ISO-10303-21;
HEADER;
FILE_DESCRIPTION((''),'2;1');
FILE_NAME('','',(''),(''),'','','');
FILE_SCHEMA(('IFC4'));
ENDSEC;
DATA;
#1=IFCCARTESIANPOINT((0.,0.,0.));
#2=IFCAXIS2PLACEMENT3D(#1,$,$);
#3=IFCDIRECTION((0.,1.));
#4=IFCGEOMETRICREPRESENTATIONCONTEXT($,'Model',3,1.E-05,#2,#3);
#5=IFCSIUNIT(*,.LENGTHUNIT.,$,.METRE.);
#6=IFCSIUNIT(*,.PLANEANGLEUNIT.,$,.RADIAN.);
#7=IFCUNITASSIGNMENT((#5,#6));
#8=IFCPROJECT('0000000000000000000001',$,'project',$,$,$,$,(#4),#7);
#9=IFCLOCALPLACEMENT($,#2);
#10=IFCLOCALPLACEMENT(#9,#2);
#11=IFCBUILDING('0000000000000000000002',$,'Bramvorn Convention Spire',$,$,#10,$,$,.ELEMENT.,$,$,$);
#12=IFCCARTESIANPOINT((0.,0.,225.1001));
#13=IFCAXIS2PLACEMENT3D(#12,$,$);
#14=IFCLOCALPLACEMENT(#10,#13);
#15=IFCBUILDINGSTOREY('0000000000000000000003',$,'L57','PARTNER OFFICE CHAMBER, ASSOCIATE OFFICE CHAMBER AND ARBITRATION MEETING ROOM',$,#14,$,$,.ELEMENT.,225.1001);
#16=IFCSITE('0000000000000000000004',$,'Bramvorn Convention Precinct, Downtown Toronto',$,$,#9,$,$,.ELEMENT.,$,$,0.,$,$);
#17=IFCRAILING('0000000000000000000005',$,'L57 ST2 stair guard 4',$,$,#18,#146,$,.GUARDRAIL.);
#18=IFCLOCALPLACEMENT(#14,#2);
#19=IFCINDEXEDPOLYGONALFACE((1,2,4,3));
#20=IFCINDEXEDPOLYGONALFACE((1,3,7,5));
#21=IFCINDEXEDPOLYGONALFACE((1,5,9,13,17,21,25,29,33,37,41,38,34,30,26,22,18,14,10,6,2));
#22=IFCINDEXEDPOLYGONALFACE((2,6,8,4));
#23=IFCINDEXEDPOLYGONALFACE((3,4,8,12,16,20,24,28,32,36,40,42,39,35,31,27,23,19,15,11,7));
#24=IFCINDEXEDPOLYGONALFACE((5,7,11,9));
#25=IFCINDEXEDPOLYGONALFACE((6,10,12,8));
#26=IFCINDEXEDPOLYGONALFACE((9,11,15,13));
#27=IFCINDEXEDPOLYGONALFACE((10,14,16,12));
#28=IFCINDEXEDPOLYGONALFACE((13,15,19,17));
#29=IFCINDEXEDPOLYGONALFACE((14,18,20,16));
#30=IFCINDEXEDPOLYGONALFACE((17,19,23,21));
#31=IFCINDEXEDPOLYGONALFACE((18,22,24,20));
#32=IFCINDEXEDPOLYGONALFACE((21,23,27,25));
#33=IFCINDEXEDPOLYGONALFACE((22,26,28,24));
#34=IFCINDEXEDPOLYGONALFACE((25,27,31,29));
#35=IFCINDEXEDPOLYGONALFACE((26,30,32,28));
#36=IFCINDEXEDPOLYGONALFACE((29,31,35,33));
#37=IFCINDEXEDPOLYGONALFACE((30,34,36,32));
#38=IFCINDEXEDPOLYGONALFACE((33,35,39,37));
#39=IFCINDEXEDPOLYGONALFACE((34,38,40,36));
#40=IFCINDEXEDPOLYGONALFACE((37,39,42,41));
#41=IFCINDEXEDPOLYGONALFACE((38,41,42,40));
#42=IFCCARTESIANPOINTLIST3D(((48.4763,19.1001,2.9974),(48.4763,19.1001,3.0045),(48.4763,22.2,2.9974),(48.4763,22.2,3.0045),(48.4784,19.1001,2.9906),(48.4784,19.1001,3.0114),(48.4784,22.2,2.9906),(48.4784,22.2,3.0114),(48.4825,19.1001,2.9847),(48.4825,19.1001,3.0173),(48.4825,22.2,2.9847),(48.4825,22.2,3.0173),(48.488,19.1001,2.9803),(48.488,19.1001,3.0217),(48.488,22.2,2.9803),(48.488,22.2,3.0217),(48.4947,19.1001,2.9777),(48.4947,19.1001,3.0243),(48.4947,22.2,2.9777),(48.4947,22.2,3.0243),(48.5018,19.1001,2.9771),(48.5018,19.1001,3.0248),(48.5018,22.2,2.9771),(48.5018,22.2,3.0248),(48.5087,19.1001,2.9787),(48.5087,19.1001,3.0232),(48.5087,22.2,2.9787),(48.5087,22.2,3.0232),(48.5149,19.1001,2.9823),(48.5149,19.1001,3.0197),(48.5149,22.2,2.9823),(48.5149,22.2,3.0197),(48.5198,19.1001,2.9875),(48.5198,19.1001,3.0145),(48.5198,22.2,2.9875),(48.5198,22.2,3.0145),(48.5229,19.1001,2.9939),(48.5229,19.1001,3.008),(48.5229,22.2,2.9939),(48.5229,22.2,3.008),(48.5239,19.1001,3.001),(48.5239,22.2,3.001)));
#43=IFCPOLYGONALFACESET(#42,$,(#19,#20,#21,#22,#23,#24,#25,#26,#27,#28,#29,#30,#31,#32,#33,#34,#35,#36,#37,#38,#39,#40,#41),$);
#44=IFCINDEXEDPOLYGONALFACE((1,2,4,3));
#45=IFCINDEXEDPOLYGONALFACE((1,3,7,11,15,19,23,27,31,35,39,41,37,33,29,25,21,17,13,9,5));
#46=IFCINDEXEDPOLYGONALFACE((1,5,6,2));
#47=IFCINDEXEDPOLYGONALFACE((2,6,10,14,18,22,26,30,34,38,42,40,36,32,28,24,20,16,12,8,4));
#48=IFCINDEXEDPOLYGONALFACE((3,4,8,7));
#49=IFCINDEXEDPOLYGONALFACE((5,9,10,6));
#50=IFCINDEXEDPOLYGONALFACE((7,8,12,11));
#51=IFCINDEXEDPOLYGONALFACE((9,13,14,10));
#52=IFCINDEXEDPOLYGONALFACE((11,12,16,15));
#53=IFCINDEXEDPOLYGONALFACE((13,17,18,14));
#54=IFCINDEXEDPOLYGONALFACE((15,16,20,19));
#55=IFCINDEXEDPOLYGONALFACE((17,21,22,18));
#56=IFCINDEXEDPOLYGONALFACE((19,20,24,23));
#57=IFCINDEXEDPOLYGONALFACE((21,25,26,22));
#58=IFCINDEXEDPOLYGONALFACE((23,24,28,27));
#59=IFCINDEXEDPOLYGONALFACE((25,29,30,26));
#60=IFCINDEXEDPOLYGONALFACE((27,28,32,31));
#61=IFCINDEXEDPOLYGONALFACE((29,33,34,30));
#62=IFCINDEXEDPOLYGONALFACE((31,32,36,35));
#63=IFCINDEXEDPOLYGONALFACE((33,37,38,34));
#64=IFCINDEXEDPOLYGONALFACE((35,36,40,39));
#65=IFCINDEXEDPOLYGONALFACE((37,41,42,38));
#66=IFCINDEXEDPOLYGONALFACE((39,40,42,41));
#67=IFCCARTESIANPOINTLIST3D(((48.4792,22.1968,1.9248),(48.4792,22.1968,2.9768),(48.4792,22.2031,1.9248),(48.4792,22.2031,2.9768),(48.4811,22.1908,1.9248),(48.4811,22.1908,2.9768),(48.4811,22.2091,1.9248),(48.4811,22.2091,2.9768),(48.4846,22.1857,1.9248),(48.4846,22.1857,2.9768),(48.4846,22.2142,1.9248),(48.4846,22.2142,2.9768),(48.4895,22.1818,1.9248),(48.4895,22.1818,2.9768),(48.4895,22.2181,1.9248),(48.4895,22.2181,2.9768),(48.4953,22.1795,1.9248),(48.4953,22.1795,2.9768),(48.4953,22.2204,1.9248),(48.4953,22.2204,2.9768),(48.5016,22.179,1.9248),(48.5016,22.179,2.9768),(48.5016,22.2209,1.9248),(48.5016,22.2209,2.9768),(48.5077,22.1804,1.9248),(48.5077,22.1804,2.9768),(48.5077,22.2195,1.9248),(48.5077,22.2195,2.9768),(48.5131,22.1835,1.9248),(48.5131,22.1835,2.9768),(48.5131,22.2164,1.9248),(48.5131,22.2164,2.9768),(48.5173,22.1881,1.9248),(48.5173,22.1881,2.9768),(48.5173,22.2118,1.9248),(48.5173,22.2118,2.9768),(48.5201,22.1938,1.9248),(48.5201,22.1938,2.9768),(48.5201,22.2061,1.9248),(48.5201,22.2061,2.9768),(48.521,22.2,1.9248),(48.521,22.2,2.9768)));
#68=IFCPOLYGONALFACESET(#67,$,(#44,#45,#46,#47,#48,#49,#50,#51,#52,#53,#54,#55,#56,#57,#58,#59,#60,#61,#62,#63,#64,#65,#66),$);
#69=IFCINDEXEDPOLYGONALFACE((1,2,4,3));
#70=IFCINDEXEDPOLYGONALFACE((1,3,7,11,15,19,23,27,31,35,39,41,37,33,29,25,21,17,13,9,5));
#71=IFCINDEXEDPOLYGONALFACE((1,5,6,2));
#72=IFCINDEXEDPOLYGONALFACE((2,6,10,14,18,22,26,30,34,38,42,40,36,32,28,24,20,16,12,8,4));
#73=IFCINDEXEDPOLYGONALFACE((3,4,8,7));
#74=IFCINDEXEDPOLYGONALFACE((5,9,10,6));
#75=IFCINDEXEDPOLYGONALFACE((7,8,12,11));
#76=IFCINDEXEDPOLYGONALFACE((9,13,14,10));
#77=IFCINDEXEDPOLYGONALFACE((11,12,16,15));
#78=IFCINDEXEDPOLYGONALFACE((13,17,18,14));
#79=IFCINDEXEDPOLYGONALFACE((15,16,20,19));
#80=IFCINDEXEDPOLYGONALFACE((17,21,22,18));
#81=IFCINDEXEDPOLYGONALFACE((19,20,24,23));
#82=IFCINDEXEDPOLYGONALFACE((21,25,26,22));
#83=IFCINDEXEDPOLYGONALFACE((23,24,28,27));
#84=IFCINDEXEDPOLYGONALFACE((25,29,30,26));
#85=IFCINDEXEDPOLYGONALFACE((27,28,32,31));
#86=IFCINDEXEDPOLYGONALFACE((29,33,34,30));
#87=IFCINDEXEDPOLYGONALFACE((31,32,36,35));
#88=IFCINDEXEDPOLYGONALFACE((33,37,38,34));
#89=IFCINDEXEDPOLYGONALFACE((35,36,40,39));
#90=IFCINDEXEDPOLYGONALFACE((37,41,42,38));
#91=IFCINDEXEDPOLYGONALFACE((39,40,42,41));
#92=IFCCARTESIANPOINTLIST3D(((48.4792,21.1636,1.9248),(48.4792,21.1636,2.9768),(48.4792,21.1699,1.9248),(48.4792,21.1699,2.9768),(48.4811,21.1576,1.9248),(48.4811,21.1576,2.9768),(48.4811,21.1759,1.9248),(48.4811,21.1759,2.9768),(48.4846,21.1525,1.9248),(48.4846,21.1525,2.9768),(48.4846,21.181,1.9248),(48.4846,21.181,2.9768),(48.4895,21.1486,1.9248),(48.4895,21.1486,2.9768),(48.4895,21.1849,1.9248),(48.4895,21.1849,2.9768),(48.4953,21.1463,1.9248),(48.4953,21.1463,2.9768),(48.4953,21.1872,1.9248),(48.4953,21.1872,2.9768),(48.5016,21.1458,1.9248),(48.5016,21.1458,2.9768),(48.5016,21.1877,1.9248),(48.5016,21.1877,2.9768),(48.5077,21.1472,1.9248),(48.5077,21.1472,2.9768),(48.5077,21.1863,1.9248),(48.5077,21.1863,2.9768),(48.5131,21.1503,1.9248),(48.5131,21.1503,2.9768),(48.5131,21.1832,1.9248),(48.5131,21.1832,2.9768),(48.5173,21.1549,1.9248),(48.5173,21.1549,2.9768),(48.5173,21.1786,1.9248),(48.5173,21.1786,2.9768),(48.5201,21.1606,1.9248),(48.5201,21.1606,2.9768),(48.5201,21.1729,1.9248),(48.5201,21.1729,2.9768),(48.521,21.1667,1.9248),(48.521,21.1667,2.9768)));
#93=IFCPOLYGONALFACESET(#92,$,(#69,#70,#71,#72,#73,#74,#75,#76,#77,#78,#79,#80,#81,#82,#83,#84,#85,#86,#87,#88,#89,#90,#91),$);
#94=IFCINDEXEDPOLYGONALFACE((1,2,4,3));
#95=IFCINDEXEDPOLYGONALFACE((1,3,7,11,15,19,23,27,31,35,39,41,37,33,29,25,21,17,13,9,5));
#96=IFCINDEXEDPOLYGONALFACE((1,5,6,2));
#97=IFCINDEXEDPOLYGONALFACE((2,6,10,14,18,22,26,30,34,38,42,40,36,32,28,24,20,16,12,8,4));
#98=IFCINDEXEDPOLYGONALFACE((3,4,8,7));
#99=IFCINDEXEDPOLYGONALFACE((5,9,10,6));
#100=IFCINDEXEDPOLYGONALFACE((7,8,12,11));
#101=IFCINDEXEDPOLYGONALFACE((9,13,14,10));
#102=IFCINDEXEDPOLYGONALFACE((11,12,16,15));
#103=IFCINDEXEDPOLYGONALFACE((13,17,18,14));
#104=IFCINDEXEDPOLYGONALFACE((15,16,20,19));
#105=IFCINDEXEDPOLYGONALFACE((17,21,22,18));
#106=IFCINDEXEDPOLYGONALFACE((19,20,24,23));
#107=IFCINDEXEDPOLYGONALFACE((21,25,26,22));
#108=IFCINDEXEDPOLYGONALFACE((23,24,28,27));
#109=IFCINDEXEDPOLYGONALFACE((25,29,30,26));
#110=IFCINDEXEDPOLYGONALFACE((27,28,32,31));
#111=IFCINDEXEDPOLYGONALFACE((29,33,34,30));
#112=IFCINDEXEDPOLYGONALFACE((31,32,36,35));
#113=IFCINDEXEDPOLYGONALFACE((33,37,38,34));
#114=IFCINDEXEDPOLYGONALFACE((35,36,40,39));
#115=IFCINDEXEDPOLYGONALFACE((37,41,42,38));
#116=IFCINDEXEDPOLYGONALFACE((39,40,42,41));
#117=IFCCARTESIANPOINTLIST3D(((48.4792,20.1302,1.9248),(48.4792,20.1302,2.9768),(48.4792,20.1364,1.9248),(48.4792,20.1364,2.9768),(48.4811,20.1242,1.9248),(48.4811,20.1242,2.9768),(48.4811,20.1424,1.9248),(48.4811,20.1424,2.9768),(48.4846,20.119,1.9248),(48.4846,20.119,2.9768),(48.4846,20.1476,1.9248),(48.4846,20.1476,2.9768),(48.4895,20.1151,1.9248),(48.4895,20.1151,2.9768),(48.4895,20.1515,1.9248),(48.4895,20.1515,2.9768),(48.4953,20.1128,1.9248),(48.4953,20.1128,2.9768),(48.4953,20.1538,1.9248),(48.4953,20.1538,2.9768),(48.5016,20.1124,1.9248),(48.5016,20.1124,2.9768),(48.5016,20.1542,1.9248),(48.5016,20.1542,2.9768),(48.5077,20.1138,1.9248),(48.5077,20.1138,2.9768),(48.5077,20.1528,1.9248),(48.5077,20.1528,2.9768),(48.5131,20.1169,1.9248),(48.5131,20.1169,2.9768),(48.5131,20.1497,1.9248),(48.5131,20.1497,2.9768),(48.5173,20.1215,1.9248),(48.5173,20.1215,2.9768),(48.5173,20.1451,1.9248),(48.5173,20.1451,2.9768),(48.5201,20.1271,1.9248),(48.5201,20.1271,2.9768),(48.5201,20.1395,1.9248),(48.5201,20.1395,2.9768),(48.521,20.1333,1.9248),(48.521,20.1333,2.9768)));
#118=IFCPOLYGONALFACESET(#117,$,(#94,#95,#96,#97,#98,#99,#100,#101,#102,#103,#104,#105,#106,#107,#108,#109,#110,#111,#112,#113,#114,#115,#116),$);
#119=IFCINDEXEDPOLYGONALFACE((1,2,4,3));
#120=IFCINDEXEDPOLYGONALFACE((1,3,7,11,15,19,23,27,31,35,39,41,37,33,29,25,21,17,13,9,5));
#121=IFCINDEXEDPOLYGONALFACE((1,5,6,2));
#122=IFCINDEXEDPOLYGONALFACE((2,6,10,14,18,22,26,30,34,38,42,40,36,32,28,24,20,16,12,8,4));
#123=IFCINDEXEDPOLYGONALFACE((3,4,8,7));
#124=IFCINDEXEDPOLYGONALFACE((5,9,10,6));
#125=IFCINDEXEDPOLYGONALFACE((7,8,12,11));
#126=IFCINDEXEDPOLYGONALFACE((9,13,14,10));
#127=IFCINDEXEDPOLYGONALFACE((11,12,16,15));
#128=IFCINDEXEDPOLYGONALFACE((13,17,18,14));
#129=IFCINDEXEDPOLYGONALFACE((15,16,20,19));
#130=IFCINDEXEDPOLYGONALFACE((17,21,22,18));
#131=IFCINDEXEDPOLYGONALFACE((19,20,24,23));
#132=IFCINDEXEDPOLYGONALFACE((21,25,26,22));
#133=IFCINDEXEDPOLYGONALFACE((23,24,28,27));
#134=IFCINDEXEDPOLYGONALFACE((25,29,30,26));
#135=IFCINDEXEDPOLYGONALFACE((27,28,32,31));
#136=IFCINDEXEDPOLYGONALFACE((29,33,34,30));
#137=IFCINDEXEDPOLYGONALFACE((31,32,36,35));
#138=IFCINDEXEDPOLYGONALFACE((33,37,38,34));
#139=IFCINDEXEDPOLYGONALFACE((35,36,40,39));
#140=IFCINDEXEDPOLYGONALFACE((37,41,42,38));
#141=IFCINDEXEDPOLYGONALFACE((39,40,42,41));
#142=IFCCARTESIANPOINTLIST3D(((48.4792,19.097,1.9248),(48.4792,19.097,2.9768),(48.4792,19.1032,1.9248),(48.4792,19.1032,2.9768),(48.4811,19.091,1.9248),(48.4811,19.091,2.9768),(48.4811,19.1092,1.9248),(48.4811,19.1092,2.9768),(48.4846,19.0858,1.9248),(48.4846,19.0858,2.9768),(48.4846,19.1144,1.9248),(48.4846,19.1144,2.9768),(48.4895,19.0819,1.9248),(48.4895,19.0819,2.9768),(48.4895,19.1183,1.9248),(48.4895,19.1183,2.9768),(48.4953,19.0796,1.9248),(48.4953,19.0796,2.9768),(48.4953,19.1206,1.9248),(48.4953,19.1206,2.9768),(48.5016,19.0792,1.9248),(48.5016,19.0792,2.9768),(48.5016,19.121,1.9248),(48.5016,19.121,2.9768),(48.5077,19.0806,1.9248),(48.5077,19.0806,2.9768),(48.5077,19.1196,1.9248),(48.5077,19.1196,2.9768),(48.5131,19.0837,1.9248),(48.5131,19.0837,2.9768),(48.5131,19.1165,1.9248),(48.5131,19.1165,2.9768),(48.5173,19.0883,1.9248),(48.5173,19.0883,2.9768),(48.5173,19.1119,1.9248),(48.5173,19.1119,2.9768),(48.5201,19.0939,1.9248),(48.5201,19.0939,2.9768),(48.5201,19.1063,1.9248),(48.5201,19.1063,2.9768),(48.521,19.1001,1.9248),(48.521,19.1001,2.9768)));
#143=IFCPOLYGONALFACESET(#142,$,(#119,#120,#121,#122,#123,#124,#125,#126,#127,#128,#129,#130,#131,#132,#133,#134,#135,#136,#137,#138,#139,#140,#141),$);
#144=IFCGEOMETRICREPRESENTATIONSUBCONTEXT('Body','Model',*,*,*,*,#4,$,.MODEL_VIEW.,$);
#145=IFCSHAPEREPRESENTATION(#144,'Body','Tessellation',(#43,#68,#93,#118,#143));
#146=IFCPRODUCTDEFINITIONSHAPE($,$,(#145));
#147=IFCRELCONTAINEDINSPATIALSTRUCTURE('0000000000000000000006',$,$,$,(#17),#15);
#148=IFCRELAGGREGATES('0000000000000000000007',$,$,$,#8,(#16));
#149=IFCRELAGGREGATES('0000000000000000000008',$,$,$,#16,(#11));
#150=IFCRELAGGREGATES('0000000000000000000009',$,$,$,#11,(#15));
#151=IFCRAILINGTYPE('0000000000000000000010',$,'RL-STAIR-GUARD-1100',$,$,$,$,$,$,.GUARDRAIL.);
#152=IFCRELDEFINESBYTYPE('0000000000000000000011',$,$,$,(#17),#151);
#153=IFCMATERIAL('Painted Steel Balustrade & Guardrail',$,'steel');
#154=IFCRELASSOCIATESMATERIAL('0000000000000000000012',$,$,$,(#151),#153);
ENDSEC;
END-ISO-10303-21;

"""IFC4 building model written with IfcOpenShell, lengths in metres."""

from ifc_helpers import new_model, si_unit, direction, frame, origin, origin_2d, place, context, subcontext, project, spatial, circle, extrude, material, type_object, element, save


model = new_model("IFC4")

# Units and contexts
model_context = context("Model", 3, precision=1e-05, world=origin(), true_north=direction((0.0, 1.0)))
body_context = subcontext(model_context, "Body", "Model", "MODEL_VIEW")
ifc_project = project(units=[si_unit("LENGTHUNIT", "METRE"), si_unit("PLANEANGLEUNIT", "RADIAN")], contexts=[model_context])

# Site, building, storey
site_placement = place(None, origin())
site = spatial("IfcSite", under=ifc_project, at=site_placement, Name="Bramvorn Convention Precinct, Downtown Toronto", CompositionType="ELEMENT", RefElevation=0.0)
building_placement = place(site_placement, origin())
building = spatial("IfcBuilding", under=site, at=building_placement, Name="Bramvorn Convention Spire", CompositionType="ELEMENT")
storey_placement = place(building_placement, frame((0.0, 0.0, 225.1001)))
storey = spatial("IfcBuildingStorey", under=building, at=storey_placement, Name="L57", Description="PARTNER OFFICE CHAMBER, ASSOCIATE OFFICE CHAMBER AND ARBITRATION MEETING ROOM", CompositionType="ELEMENT", Elevation=225.1001)

# Railing
ifc_material_1 = material(Name="Painted Steel Balustrade & Guardrail", Category="steel")
railing_type = type_object("IfcRailingType", Name="RL-STAIR-GUARD-1100", PredefinedType="GUARDRAIL", material=ifc_material_1)
for number, where, name in (
    (1, (48.5, 22.2, 1.9248), "L57 ST2 stair guard 4"),
):
    element("IfcRailing", number, at=place(storey_placement, frame(where)), inside=storey, type_object=railing_type, Name=name, PredefinedType="GUARDRAIL", context=body_context, shape_type="SweptSolid", body=[
        extrude(circle(Radius=0.0239, at=origin_2d()), frame((0.0, 0.0, 1.0762), z_axis=(0.0, -1.0, 0.0), x_axis=(1.0, 0.0, 0.0)), (0.0, 0.0, 1.0), 3.0999),
        extrude(circle(Radius=0.021, at=origin_2d()), origin(), (0.0, 0.0, 1.0), 1.052),
        extrude(circle(Radius=0.021, at=origin_2d()), frame((0.0, -1.0332, 0.0)), (0.0, 0.0, 1.0), 1.052),
        extrude(circle(Radius=0.021, at=origin_2d()), frame((0.0, -2.0667, 0.0)), (0.0, 0.0, 1.0), 1.052),
        extrude(circle(Radius=0.021, at=origin_2d()), frame((0.0, -3.0999, 0.0)), (0.0, 0.0, 1.0), 1.052),
    ])

save(model, "model.ifc")
